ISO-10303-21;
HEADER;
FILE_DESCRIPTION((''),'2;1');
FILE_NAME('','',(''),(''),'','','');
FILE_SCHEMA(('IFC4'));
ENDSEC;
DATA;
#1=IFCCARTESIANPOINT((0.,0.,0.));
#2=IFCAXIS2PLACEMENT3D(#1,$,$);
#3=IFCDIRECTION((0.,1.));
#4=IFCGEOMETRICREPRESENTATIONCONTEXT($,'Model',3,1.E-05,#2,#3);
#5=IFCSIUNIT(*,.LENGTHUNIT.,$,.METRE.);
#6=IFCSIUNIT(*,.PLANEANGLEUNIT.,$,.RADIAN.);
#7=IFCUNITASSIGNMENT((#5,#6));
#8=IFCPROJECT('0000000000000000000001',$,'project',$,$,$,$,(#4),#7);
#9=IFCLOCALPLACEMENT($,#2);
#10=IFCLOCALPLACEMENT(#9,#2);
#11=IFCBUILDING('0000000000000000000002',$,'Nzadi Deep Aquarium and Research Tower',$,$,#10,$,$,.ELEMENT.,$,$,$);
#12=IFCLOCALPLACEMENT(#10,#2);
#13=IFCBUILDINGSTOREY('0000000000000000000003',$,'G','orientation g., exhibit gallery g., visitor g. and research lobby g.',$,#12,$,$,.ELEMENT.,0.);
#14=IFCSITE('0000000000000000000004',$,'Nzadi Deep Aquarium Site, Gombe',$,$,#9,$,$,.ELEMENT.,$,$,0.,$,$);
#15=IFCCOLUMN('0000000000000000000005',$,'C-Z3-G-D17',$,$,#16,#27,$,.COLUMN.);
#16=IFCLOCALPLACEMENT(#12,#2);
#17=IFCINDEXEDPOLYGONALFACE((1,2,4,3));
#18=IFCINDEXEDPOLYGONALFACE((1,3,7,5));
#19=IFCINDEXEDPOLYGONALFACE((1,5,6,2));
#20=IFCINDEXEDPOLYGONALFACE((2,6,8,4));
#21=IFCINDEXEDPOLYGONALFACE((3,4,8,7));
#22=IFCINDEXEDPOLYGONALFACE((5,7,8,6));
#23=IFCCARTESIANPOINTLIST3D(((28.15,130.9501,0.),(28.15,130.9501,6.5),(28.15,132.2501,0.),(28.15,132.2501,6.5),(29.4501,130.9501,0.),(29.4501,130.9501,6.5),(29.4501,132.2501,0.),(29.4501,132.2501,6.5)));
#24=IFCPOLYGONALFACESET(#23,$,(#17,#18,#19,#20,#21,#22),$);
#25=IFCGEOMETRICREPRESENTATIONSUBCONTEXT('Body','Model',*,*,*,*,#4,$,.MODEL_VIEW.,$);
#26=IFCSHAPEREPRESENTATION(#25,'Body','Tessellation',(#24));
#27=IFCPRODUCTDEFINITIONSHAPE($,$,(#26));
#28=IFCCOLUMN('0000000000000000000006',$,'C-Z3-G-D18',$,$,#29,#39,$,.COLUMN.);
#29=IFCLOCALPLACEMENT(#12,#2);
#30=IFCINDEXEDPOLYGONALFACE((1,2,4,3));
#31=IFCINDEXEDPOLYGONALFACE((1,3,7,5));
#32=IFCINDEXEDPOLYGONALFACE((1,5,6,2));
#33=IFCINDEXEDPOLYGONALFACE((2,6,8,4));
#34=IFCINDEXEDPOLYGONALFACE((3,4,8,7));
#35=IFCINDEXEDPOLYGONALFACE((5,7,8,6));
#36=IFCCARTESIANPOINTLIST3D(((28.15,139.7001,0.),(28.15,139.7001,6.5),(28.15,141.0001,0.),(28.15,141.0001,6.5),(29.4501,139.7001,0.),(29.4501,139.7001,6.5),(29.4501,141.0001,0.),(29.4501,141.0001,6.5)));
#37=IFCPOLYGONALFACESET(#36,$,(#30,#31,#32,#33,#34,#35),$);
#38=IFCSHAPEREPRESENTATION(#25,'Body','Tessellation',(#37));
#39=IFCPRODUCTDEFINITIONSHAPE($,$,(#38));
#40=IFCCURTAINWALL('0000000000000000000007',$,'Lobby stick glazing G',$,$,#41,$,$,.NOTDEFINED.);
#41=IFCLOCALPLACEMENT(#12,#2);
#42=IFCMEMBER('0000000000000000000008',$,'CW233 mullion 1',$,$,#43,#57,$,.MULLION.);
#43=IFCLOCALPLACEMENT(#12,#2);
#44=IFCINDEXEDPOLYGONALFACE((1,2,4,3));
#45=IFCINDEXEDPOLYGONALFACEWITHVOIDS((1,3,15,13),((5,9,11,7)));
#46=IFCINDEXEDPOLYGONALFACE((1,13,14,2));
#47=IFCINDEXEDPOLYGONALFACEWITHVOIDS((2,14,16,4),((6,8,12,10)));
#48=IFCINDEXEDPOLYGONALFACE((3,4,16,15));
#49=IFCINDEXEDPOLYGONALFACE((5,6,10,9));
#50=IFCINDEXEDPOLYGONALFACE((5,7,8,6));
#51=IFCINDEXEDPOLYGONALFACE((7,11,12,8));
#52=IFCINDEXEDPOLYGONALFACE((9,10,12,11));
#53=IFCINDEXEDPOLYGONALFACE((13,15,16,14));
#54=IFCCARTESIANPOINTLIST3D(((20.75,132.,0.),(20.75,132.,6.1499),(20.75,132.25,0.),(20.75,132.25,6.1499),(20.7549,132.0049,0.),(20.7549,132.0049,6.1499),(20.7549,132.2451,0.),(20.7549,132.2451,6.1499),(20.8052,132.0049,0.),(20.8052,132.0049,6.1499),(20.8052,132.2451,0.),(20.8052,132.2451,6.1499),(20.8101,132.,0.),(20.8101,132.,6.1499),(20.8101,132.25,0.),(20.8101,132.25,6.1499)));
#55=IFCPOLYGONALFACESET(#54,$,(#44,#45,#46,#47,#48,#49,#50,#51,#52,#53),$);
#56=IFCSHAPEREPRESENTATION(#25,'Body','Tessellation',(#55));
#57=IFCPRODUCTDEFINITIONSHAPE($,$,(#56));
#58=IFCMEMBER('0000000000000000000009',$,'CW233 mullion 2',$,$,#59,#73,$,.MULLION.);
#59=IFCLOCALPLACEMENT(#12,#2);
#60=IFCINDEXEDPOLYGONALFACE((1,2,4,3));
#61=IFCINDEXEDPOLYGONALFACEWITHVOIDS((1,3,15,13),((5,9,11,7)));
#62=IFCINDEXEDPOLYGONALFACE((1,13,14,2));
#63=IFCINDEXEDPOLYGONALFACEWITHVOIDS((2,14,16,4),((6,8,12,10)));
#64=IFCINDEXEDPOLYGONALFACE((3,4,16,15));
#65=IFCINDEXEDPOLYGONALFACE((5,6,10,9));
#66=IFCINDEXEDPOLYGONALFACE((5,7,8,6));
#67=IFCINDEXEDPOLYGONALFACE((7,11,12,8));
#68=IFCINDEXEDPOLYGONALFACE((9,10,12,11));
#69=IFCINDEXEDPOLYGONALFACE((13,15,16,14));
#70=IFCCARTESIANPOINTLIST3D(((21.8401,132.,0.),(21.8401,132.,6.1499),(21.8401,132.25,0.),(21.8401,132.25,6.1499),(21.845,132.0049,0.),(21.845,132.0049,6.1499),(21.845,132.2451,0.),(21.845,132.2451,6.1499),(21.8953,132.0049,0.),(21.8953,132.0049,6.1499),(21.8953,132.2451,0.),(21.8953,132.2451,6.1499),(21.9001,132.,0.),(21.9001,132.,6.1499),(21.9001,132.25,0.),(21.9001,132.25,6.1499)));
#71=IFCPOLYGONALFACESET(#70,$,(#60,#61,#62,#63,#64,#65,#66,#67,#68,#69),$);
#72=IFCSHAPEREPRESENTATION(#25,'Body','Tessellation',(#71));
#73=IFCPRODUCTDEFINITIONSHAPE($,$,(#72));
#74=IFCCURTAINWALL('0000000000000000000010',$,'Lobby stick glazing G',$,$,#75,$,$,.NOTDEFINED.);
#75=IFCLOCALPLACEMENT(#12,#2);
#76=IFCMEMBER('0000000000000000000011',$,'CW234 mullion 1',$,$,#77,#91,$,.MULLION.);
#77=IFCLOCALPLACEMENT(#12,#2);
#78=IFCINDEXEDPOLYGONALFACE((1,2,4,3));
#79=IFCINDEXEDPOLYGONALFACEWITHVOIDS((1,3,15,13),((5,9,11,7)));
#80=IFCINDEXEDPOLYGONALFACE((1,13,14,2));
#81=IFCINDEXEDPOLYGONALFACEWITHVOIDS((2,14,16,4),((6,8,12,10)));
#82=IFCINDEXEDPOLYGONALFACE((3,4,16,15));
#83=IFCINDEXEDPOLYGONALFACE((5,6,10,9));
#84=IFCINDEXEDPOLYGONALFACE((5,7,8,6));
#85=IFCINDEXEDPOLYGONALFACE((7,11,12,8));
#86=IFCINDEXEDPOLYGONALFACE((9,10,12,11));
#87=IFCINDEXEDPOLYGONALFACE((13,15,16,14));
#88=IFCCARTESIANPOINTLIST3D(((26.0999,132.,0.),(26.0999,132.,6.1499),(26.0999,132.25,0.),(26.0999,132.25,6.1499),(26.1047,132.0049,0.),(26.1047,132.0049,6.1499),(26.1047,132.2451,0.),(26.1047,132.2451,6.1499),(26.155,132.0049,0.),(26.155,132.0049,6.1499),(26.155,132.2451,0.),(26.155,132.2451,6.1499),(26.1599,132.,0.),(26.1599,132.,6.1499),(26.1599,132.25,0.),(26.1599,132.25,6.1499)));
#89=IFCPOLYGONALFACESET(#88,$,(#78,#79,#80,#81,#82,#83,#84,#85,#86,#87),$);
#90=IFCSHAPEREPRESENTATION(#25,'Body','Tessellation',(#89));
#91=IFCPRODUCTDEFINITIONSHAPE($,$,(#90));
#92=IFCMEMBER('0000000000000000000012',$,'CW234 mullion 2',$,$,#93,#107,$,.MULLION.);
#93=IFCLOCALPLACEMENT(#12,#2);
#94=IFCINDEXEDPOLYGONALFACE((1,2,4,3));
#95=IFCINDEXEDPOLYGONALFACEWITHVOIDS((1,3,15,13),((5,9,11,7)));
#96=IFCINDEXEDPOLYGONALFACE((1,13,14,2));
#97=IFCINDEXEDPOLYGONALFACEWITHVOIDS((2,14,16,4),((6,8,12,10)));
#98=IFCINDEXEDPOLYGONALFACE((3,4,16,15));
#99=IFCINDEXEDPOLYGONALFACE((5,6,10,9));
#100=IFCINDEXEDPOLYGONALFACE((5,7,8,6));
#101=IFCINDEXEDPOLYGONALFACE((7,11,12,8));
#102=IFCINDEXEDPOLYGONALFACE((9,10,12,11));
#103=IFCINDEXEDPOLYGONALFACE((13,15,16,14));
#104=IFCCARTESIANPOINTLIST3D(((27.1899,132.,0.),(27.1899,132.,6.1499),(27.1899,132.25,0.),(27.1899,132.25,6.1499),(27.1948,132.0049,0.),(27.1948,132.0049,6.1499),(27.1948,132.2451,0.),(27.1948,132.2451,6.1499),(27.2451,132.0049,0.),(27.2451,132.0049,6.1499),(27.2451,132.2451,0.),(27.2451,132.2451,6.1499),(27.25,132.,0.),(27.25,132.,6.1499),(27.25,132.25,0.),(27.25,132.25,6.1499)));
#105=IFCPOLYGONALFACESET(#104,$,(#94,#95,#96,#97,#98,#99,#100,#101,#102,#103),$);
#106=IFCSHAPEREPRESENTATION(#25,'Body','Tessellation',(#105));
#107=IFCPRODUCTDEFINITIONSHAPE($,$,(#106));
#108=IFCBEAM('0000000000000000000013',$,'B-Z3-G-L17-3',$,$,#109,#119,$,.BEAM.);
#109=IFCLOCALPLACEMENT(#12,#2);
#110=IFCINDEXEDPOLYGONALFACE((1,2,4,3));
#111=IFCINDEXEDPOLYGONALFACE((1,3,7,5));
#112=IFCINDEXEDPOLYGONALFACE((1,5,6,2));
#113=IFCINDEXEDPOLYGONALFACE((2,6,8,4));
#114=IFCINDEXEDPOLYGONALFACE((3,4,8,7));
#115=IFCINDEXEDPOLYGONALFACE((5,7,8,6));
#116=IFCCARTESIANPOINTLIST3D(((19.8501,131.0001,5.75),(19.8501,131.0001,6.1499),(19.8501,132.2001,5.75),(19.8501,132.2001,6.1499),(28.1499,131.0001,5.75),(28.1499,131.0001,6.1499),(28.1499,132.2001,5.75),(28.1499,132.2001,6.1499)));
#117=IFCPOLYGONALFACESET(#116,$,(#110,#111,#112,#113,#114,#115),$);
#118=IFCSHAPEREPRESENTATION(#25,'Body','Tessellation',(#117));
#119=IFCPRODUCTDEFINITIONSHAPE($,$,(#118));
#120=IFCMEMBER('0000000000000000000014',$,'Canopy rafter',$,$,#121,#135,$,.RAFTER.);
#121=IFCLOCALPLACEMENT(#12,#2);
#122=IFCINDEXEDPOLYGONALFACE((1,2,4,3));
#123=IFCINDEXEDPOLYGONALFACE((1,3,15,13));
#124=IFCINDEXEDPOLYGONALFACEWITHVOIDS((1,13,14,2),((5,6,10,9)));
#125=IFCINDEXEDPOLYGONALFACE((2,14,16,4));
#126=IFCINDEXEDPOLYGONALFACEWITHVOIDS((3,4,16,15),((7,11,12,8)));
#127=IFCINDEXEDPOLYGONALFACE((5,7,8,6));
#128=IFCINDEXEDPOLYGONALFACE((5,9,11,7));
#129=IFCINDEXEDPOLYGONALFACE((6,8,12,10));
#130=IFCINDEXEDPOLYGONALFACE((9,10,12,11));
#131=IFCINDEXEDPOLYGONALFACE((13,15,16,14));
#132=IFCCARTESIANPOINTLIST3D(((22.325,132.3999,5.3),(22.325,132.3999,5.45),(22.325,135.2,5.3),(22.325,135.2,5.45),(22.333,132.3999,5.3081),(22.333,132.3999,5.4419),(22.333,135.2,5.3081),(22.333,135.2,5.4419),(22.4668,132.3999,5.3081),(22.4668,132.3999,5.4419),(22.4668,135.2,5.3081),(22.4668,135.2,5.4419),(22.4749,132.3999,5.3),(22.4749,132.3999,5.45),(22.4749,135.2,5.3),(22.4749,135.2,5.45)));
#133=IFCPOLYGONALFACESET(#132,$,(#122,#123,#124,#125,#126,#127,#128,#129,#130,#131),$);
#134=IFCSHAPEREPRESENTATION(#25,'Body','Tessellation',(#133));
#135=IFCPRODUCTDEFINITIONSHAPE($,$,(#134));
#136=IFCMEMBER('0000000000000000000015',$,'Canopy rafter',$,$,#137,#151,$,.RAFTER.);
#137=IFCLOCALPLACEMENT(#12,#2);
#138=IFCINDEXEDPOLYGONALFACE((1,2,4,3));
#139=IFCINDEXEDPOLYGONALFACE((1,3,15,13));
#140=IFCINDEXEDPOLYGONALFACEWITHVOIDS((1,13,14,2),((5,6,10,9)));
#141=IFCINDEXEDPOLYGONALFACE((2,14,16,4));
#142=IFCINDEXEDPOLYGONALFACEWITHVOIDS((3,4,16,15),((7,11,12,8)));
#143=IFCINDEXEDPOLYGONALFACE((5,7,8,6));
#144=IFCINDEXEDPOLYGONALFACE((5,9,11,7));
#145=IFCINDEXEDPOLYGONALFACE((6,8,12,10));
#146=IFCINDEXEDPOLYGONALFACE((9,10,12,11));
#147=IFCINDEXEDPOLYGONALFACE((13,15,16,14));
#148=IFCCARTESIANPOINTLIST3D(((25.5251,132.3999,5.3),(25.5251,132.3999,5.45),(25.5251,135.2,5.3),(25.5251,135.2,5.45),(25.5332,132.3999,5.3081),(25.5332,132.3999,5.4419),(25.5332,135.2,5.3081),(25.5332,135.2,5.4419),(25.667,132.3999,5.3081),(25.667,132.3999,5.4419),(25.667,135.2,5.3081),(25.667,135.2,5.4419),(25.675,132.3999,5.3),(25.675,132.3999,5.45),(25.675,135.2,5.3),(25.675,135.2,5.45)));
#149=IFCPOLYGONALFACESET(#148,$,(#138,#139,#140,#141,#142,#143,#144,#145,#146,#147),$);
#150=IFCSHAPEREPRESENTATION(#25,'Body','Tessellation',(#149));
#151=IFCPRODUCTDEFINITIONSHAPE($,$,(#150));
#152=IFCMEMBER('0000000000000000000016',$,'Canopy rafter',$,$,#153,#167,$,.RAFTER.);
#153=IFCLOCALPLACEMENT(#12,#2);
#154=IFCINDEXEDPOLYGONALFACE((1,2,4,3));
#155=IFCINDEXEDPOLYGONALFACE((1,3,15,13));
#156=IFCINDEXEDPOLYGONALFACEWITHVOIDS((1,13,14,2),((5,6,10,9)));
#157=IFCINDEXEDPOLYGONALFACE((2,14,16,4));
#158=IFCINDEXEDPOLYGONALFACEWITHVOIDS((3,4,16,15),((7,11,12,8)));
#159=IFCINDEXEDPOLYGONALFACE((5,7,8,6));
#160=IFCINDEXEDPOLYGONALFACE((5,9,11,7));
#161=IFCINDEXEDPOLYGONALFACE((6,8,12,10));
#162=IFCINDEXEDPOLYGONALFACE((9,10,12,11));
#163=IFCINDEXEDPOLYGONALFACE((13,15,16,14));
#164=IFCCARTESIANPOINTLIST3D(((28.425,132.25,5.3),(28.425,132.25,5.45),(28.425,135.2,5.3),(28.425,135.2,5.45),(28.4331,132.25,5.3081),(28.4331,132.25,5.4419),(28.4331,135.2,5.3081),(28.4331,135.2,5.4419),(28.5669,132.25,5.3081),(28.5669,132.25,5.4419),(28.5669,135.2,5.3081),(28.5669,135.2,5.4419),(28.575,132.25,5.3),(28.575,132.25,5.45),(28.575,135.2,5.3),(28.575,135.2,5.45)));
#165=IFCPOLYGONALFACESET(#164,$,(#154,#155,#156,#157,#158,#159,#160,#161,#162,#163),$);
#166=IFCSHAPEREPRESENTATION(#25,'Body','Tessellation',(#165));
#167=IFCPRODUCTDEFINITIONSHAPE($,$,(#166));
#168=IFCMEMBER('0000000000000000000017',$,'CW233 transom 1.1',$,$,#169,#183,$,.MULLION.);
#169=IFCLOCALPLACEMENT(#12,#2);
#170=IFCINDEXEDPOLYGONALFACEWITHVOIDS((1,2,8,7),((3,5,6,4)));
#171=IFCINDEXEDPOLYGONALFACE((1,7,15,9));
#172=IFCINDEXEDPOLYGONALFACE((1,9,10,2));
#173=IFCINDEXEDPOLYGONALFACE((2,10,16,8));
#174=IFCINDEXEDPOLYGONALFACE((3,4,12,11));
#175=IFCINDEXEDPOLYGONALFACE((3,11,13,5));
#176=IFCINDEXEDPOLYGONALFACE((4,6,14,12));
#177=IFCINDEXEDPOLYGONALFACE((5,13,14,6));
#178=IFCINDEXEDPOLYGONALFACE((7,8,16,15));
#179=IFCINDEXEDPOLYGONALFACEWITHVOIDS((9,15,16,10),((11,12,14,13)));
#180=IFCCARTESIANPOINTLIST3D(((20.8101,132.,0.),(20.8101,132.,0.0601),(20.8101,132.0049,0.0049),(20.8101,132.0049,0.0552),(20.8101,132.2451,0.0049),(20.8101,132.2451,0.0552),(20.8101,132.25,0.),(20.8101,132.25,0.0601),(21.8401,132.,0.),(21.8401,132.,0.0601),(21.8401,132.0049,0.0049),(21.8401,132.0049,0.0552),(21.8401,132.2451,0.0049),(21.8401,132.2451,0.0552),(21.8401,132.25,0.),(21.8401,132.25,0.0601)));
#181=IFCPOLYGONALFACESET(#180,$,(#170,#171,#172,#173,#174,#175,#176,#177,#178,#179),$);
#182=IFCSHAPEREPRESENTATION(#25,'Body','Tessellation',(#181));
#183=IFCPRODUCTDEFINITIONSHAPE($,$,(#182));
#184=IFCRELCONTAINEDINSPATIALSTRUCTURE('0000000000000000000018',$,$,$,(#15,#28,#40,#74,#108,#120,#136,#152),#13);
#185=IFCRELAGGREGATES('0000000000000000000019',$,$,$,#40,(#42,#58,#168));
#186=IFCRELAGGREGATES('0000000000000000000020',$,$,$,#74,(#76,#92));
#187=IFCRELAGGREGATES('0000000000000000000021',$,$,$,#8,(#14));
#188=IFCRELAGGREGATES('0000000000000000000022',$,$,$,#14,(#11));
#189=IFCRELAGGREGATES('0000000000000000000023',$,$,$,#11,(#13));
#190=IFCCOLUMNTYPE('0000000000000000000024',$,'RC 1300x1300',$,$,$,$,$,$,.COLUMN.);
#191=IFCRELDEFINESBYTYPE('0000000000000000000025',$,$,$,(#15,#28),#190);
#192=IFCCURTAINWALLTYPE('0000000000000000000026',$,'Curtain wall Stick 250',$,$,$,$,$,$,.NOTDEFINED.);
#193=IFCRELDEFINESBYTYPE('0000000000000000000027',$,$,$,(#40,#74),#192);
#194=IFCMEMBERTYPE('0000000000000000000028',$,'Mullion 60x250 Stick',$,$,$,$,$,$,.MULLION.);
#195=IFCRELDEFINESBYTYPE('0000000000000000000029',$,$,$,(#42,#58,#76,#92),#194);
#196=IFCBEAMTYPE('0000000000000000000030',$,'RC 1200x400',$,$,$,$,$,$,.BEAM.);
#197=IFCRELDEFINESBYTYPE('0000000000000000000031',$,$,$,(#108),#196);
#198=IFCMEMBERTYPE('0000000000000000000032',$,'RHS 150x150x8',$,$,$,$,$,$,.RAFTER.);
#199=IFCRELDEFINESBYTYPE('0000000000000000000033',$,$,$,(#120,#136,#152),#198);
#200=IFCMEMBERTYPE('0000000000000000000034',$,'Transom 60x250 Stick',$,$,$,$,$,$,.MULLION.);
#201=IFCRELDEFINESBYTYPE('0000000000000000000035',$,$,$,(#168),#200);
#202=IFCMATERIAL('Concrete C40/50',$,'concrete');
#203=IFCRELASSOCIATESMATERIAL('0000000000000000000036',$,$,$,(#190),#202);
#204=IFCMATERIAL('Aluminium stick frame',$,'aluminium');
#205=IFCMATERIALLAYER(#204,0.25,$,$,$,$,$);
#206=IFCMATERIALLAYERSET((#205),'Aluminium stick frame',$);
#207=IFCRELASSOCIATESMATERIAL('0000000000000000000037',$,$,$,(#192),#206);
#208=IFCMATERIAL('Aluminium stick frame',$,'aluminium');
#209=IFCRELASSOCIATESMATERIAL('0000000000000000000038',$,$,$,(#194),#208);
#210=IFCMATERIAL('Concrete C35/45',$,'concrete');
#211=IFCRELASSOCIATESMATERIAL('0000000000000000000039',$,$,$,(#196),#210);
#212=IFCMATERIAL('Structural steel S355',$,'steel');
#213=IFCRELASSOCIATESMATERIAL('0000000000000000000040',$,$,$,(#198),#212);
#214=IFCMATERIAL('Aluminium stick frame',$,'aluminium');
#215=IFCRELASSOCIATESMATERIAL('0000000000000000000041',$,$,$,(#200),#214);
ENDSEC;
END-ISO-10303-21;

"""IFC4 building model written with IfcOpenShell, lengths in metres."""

from ifc_helpers import new_model, si_unit, direction, frame, origin, origin_2d, place, context, subcontext, project, spatial, rectangle, hollow_rectangle, extrude, material, layer, layer_set, material_profile, profile_set, type_object, element, aggregate, save


model = new_model("IFC4")

# Units and contexts
model_context = context("Model", 3, precision=1e-05, world=origin(), true_north=direction((0.0, 1.0)))
body_context = subcontext(model_context, "Body", "Model", "MODEL_VIEW")
ifc_project = project(units=[si_unit("LENGTHUNIT", "METRE"), si_unit("PLANEANGLEUNIT", "RADIAN")], contexts=[model_context])

# Site, building, storey
site_placement = place(None, origin())
site = spatial("IfcSite", under=ifc_project, at=site_placement, Name="Nzadi Deep Aquarium Site, Gombe", CompositionType="ELEMENT", RefElevation=0.0)
building_placement = place(site_placement, origin())
building = spatial("IfcBuilding", under=site, at=building_placement, Name="Nzadi Deep Aquarium and Research Tower", CompositionType="ELEMENT")
storey_placement = place(building_placement, origin())
storey = spatial("IfcBuildingStorey", under=building, at=storey_placement, Name="G", Description="orientation g., exhibit gallery g., visitor g. and research lobby g.", CompositionType="ELEMENT", Elevation=0.0)

# Columns
ifc_material_1 = material(Name="Concrete C40/50", Category="concrete")
ifc_material_profile_1 = material_profile(ifc_material_1, rectangle(XDim=1.3, YDim=1.3, at=origin_2d()))
ifc_profile_set_1 = profile_set([ifc_material_profile_1], Name="Concrete C40/50")
column_type = type_object("IfcColumnType", Name="RC 1300x1300", PredefinedType="COLUMN", material=ifc_profile_set_1)
for number, where, z_axis, x_axis, name in (
    (1, (28.8, 131.6001, 0.0), (0.0, 0.0, 1.0), (1.0, 0.0, 0.0), "C-Z3-G-D17"),
    (2, (28.8, 140.3501, 0.0), (0.0, 0.0, 1.0), (1.0, 0.0, 0.0), "C-Z3-G-D18"),
):
    element("IfcColumn", number, at=place(storey_placement, frame(where, z_axis=z_axis, x_axis=x_axis)), inside=storey, type_object=column_type, Name=name, PredefinedType="COLUMN", context=body_context, shape_type="SweptSolid", body=[
        extrude(rectangle(XDim=1.3, YDim=1.3, at=origin_2d()), origin(), (0.0, 0.0, 1.0), 6.5),
    ])

# Curtain walls, members
ifc_material_2 = material(Name="Aluminium stick frame", Category="aluminium")
ifc_layer_1 = layer(ifc_material_2, 0.25)
ifc_layer_set_1 = layer_set([ifc_layer_1], Name="Aluminium stick frame")
curtain_wall_type = type_object("IfcCurtainWallType", Name="Curtain wall Stick 250", PredefinedType="NOTDEFINED", material=ifc_layer_set_1)
curtain_wall_1_placement = place(storey_placement, origin())
curtain_wall_1 = element("IfcCurtainWall", 3, at=curtain_wall_1_placement, inside=storey, type_object=curtain_wall_type, Name="Lobby stick glazing G", PredefinedType="NOTDEFINED")
ifc_material_3 = material(Name="Aluminium stick frame", Category="aluminium")
ifc_material_profile_2 = material_profile(ifc_material_3, hollow_rectangle(XDim=0.25, YDim=0.0601, WallThickness=0.0049, at=origin_2d()))
ifc_profile_set_2 = profile_set([ifc_material_profile_2], Name="Aluminium stick frame")
member_type_1 = type_object("IfcMemberType", Name="Mullion 60x250 Stick", PredefinedType="MULLION", material=ifc_profile_set_2)
member_1_placement = place(storey_placement, frame((20.78, 132.125, 0.0), z_axis=(0.0, 0.0, 1.0), x_axis=(0.0, 1.0, 0.0)))
member_1 = element("IfcMember", 4, at=member_1_placement, type_object=member_type_1, Name="CW233 mullion 1", PredefinedType="MULLION", context=body_context, shape_type="SweptSolid", body=[
    extrude(hollow_rectangle(XDim=0.25, YDim=0.0601, WallThickness=0.0049, at=origin_2d()), origin(), (0.0, 0.0, 1.0), 6.1499),
])
member_2_placement = place(storey_placement, frame((21.8701, 132.125, 0.0), z_axis=(0.0, 0.0, 1.0), x_axis=(0.0, 1.0, 0.0)))
member_2 = element("IfcMember", 5, at=member_2_placement, type_object=member_type_1, Name="CW233 mullion 2", PredefinedType="MULLION", context=body_context, shape_type="SweptSolid", body=[
    extrude(hollow_rectangle(XDim=0.25, YDim=0.0601, WallThickness=0.0049, at=origin_2d()), origin(), (0.0, 0.0, 1.0), 6.1499),
])
curtain_wall_2_placement = place(storey_placement, origin())
curtain_wall_2 = element("IfcCurtainWall", 6, at=curtain_wall_2_placement, inside=storey, type_object=curtain_wall_type, Name="Lobby stick glazing G", PredefinedType="NOTDEFINED")
member_3_placement = place(storey_placement, frame((26.1299, 132.125, 0.0), z_axis=(0.0, 0.0, 1.0), x_axis=(0.0, 1.0, 0.0)))
member_3 = element("IfcMember", 7, at=member_3_placement, type_object=member_type_1, Name="CW234 mullion 1", PredefinedType="MULLION", context=body_context, shape_type="SweptSolid", body=[
    extrude(hollow_rectangle(XDim=0.25, YDim=0.0601, WallThickness=0.0049, at=origin_2d()), origin(), (0.0, 0.0, 1.0), 6.1499),
])
member_4_placement = place(storey_placement, frame((27.22, 132.125, 0.0), z_axis=(0.0, 0.0, 1.0), x_axis=(0.0, 1.0, 0.0)))
member_4 = element("IfcMember", 8, at=member_4_placement, type_object=member_type_1, Name="CW234 mullion 2", PredefinedType="MULLION", context=body_context, shape_type="SweptSolid", body=[
    extrude(hollow_rectangle(XDim=0.25, YDim=0.0601, WallThickness=0.0049, at=origin_2d()), origin(), (0.0, 0.0, 1.0), 6.1499),
])

# Beam
ifc_material_4 = material(Name="Concrete C35/45", Category="concrete")
ifc_material_profile_3 = material_profile(ifc_material_4, rectangle(XDim=1.2, YDim=0.3999, at=origin_2d()))
ifc_profile_set_3 = profile_set([ifc_material_profile_3], Name="Concrete C35/45")
beam_type = type_object("IfcBeamType", Name="RC 1200x400", PredefinedType="BEAM", material=ifc_profile_set_3)
beam_placement = place(storey_placement, frame((19.8501, 131.6001, 5.95), z_axis=(1.0, 0.0, 0.0), x_axis=(0.0, 1.0, 0.0)))
element("IfcBeam", 9, at=beam_placement, inside=storey, type_object=beam_type, Name="B-Z3-G-L17-3", PredefinedType="BEAM", context=body_context, shape_type="SweptSolid", body=[
    extrude(rectangle(XDim=1.2, YDim=0.3999, at=origin_2d()), origin(), (0.0, 0.0, 1.0), 8.2998),
])

# Members
ifc_material_5 = material(Name="Structural steel S355", Category="steel")
ifc_material_profile_4 = material_profile(ifc_material_5, hollow_rectangle(XDim=0.1499, YDim=0.1499, WallThickness=0.0081, at=origin_2d()))
ifc_profile_set_4 = profile_set([ifc_material_profile_4], Name="Structural steel S355")
member_type_2 = type_object("IfcMemberType", Name="RHS 150x150x8", PredefinedType="RAFTER", material=ifc_profile_set_4)
for number, where, z_axis, x_axis, name in (
    (10, (22.3999, 132.3999, 5.375), (0.0, 1.0, 0.0), (-1.0, 0.0, 0.0), "Canopy rafter"),
    (11, (25.6001, 132.3999, 5.375), (0.0, 1.0, 0.0), (-1.0, 0.0, 0.0), "Canopy rafter"),
):
    element("IfcMember", number, at=place(storey_placement, frame(where, z_axis=z_axis, x_axis=x_axis)), inside=storey, type_object=member_type_2, Name=name, PredefinedType="RAFTER", context=body_context, shape_type="SweptSolid", body=[
        extrude(hollow_rectangle(XDim=0.1499, YDim=0.1499, WallThickness=0.0081, at=origin_2d()), origin(), (0.0, 0.0, 1.0), 2.8),
    ])
member_5_placement = place(storey_placement, frame((28.5, 132.25, 5.375), z_axis=(0.0, 1.0, 0.0), x_axis=(-1.0, 0.0, 0.0)))
element("IfcMember", 12, at=member_5_placement, inside=storey, type_object=member_type_2, Name="Canopy rafter", PredefinedType="RAFTER", context=body_context, shape_type="SweptSolid", body=[
    extrude(hollow_rectangle(XDim=0.1499, YDim=0.1499, WallThickness=0.0081, at=origin_2d()), origin(), (0.0, 0.0, 1.0), 2.95),
])

# Member
ifc_material_6 = material(Name="Aluminium stick frame", Category="aluminium")
ifc_material_profile_5 = material_profile(ifc_material_6, hollow_rectangle(XDim=0.25, YDim=0.0601, WallThickness=0.0049, at=origin_2d()))
ifc_profile_set_5 = profile_set([ifc_material_profile_5], Name="Aluminium stick frame")
member_type_3 = type_object("IfcMemberType", Name="Transom 60x250 Stick", PredefinedType="MULLION", material=ifc_profile_set_5)
member_6_placement = place(storey_placement, frame((20.8101, 132.125, 0.03), z_axis=(1.0, 0.0, 0.0), x_axis=(0.0, 1.0, 0.0)))
member_6 = element("IfcMember", 13, at=member_6_placement, type_object=member_type_3, Name="CW233 transom 1.1", PredefinedType="MULLION", context=body_context, shape_type="SweptSolid", body=[
    extrude(hollow_rectangle(XDim=0.25, YDim=0.0601, WallThickness=0.0049, at=origin_2d()), origin(), (0.0, 0.0, 1.0), 1.03),
])

aggregate(curtain_wall_1, [member_1, member_2, member_6])
aggregate(curtain_wall_2, [member_3, member_4])

save(model, "model.ifc")
